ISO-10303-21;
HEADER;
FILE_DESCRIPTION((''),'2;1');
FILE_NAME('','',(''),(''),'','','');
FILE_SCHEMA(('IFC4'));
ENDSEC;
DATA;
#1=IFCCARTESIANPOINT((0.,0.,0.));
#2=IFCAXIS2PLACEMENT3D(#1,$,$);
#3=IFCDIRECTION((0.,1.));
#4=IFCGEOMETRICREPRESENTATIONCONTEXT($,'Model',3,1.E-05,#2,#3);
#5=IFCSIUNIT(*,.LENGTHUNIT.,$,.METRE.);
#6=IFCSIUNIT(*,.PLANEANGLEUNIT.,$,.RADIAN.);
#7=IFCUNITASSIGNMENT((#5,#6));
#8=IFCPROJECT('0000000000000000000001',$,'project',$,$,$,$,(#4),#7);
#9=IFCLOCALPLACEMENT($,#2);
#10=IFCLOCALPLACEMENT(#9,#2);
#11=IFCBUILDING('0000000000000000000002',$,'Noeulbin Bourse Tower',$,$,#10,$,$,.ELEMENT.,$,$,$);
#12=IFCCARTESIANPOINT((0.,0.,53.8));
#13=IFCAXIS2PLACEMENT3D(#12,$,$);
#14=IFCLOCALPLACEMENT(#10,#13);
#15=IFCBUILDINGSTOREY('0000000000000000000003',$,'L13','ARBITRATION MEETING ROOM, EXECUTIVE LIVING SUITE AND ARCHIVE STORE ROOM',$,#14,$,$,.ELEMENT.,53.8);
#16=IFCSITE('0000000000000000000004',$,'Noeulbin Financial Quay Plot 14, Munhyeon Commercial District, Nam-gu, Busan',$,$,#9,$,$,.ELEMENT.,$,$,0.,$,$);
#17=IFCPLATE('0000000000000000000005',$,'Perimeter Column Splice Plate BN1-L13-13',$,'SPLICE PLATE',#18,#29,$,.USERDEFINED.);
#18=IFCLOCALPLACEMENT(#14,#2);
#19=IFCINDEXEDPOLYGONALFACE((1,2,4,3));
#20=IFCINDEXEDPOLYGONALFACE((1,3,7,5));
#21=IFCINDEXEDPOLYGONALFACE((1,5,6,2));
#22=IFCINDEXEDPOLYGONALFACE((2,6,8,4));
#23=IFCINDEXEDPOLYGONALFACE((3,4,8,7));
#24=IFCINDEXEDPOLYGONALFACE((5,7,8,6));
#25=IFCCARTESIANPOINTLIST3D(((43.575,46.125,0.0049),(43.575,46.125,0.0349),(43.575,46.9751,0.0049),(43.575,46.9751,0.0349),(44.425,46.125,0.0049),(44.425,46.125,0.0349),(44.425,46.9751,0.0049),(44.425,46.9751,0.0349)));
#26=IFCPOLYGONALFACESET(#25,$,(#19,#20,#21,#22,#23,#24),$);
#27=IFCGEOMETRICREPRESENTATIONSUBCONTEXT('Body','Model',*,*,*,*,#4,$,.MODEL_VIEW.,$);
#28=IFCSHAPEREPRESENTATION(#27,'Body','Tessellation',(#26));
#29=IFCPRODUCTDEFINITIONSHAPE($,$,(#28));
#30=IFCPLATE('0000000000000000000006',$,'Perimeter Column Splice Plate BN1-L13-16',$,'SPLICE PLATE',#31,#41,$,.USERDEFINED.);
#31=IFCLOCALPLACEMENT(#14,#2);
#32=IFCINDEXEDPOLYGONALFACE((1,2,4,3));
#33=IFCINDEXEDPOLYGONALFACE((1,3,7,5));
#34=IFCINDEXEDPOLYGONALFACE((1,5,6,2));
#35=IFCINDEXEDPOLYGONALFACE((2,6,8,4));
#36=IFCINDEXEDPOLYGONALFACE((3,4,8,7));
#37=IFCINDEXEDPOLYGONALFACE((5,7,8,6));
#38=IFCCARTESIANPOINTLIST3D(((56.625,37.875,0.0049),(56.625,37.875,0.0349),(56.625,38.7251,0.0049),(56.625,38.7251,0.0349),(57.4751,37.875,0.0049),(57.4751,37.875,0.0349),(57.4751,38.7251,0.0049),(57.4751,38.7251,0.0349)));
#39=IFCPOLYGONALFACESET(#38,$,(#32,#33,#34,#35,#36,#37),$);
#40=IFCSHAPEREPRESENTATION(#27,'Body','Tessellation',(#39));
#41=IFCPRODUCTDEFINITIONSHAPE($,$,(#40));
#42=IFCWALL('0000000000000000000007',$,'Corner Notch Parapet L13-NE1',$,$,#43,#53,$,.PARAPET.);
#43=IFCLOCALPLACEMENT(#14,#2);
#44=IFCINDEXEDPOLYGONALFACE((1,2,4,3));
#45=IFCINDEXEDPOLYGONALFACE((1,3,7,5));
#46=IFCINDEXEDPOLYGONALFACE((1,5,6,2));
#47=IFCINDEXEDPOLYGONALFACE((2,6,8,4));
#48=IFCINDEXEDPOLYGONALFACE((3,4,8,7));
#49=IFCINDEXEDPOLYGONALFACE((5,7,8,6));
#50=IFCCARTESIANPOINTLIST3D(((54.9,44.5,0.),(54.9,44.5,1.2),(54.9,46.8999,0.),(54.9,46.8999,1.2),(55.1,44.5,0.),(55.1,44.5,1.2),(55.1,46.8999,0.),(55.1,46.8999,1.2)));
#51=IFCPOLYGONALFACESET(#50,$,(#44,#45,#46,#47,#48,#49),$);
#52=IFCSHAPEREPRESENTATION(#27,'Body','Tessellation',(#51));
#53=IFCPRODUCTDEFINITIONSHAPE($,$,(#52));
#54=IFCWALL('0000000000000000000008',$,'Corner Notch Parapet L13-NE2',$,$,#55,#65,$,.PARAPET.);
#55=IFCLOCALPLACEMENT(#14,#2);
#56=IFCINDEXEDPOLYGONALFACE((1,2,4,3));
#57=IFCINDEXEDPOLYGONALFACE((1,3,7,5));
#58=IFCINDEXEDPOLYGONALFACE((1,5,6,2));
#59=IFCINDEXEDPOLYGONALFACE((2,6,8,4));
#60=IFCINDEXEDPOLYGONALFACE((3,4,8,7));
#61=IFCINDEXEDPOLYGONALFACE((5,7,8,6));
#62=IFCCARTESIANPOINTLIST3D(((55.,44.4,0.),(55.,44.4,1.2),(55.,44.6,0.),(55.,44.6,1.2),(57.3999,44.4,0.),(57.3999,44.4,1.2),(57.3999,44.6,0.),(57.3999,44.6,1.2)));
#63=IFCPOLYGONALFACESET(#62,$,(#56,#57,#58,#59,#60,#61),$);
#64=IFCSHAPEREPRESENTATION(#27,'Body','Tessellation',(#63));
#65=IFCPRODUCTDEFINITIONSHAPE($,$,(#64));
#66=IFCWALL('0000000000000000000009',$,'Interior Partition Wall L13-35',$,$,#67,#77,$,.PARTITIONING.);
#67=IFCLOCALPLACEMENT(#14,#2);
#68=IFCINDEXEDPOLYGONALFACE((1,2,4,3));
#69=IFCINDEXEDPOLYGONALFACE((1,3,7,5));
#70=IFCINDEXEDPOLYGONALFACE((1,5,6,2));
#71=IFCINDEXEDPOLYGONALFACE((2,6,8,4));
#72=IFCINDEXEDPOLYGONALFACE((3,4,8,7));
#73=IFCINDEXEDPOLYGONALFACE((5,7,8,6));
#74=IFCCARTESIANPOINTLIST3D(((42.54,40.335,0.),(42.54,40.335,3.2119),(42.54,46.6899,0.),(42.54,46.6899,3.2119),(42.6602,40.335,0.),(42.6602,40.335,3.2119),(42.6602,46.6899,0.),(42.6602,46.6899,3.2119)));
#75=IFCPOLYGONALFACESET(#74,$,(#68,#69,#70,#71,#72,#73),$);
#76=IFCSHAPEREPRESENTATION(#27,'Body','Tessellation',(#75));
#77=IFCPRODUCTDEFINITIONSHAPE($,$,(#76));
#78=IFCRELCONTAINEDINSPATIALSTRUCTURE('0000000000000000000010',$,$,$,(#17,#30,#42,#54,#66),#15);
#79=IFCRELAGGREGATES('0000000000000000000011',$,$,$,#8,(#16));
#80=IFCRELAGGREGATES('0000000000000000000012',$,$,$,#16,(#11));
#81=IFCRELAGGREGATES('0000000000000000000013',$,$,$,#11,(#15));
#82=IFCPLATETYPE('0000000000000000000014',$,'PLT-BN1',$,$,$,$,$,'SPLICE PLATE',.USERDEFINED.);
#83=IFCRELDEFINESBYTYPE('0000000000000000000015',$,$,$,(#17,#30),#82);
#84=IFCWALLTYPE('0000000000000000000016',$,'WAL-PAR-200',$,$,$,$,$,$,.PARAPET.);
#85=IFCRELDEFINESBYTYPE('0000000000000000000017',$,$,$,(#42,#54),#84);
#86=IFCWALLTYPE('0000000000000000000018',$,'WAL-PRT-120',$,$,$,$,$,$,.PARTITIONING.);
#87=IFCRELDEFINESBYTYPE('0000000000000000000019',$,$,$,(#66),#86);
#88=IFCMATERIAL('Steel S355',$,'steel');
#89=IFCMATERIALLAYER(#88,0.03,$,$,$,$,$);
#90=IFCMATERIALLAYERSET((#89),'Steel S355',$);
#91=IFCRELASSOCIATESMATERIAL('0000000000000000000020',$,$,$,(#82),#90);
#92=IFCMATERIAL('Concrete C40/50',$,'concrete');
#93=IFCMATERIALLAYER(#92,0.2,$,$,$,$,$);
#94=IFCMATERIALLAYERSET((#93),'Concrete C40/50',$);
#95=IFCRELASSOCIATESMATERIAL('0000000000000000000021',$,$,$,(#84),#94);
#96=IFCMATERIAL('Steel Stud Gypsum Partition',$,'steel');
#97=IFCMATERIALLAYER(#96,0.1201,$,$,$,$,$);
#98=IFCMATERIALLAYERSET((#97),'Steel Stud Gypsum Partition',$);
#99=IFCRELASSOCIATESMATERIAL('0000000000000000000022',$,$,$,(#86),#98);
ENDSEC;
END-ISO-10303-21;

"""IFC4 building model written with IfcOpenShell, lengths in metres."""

from ifc_helpers import new_model, si_unit, direction, frame, frame_2d, origin, origin_2d, place, context, subcontext, project, spatial, rectangle, extrude, material, layer, layer_set, type_object, element, save


model = new_model("IFC4")

# Units and contexts
model_context = context("Model", 3, precision=1e-05, world=origin(), true_north=direction((0.0, 1.0)))
body_context = subcontext(model_context, "Body", "Model", "MODEL_VIEW")
ifc_project = project(units=[si_unit("LENGTHUNIT", "METRE"), si_unit("PLANEANGLEUNIT", "RADIAN")], contexts=[model_context])

# Site, building, storey
site_placement = place(None, origin())
site = spatial("IfcSite", under=ifc_project, at=site_placement, Name="Noeulbin Financial Quay Plot 14, Munhyeon Commercial District, Nam-gu, Busan", CompositionType="ELEMENT", RefElevation=0.0)
building_placement = place(site_placement, origin())
building = spatial("IfcBuilding", under=site, at=building_placement, Name="Noeulbin Bourse Tower", CompositionType="ELEMENT")
storey_placement = place(building_placement, frame((0.0, 0.0, 53.8)))
storey = spatial("IfcBuildingStorey", under=building, at=storey_placement, Name="L13", Description="ARBITRATION MEETING ROOM, EXECUTIVE LIVING SUITE AND ARCHIVE STORE ROOM", CompositionType="ELEMENT", Elevation=53.8)

# Shared definitions
ifc_material_1 = material(Name="Steel S355", Category="steel")

# Plates
ifc_layer_1 = layer(ifc_material_1, 0.03)
ifc_layer_set_1 = layer_set([ifc_layer_1], Name="Steel S355")
plate_type_1 = type_object("IfcPlateType", Name="PLT-BN1", ElementType="SPLICE PLATE", PredefinedType="USERDEFINED", material=ifc_layer_set_1)
for number, where, z_axis, x_axis, name in (
    (1, (44.0, 46.55, 0.0049), (0.0, 0.0, 1.0), (1.0, 0.0, 0.0), "Perimeter Column Splice Plate BN1-L13-13"),
    (2, (57.05, 38.3, 0.0049), (0.0, 0.0, 1.0), (1.0, 0.0, 0.0), "Perimeter Column Splice Plate BN1-L13-16"),
):
    element("IfcPlate", number, at=place(storey_placement, frame(where, z_axis=z_axis, x_axis=x_axis)), inside=storey, type_object=plate_type_1, Name=name, ObjectType="SPLICE PLATE", PredefinedType="USERDEFINED", context=body_context, shape_type="SweptSolid", body=[
        extrude(rectangle(XDim=0.8501, YDim=0.8501, at=origin_2d()), origin(), (0.0, 0.0, 1.0), 0.03),
    ])

# Walls
ifc_material_2 = material(Name="Concrete C40/50", Category="concrete")
ifc_layer_2 = layer(ifc_material_2, 0.2)
ifc_layer_set_2 = layer_set([ifc_layer_2], Name="Concrete C40/50")
wall_type_1 = type_object("IfcWallType", Name="WAL-PAR-200", PredefinedType="PARAPET", material=ifc_layer_set_2)
for number, where, z_axis, x_axis, name in (
    (3, (55.0, 46.8999, 0.0), (0.0, 0.0, 1.0), (0.0, -1.0, 0.0), "Corner Notch Parapet L13-NE1"),
    (4, (55.0, 44.5, 0.0), (0.0, 0.0, 1.0), (1.0, 0.0, 0.0), "Corner Notch Parapet L13-NE2"),
):
    element("IfcWall", number, at=place(storey_placement, frame(where, z_axis=z_axis, x_axis=x_axis)), inside=storey, type_object=wall_type_1, Name=name, PredefinedType="PARAPET", context=body_context, shape_type="SweptSolid", body=[
        extrude(rectangle(XDim=2.3999, YDim=0.2, at=frame_2d((1.2, 0.0))), origin(), (0.0, 0.0, 1.0), 1.2),
    ])
ifc_material_3 = material(Name="Steel Stud Gypsum Partition", Category="steel")
ifc_layer_3 = layer(ifc_material_3, 0.1201)
ifc_layer_set_3 = layer_set([ifc_layer_3], Name="Steel Stud Gypsum Partition")
wall_type_2 = type_object("IfcWallType", Name="WAL-PRT-120", PredefinedType="PARTITIONING", material=ifc_layer_set_3)
wall_placement = place(storey_placement, frame((42.6001, 40.335, 0.0), z_axis=(0.0, 0.0, 1.0), x_axis=(0.0, 1.0, 0.0)))
element("IfcWall", 5, at=wall_placement, inside=storey, type_object=wall_type_2, Name="Interior Partition Wall L13-35", PredefinedType="PARTITIONING", context=body_context, shape_type="SweptSolid", body=[
    extrude(rectangle(XDim=6.355, YDim=0.1201, at=frame_2d((3.1775, 0.0))), origin(), (0.0, 0.0, 1.0), 3.2119),
])

save(model, "model.ifc")
